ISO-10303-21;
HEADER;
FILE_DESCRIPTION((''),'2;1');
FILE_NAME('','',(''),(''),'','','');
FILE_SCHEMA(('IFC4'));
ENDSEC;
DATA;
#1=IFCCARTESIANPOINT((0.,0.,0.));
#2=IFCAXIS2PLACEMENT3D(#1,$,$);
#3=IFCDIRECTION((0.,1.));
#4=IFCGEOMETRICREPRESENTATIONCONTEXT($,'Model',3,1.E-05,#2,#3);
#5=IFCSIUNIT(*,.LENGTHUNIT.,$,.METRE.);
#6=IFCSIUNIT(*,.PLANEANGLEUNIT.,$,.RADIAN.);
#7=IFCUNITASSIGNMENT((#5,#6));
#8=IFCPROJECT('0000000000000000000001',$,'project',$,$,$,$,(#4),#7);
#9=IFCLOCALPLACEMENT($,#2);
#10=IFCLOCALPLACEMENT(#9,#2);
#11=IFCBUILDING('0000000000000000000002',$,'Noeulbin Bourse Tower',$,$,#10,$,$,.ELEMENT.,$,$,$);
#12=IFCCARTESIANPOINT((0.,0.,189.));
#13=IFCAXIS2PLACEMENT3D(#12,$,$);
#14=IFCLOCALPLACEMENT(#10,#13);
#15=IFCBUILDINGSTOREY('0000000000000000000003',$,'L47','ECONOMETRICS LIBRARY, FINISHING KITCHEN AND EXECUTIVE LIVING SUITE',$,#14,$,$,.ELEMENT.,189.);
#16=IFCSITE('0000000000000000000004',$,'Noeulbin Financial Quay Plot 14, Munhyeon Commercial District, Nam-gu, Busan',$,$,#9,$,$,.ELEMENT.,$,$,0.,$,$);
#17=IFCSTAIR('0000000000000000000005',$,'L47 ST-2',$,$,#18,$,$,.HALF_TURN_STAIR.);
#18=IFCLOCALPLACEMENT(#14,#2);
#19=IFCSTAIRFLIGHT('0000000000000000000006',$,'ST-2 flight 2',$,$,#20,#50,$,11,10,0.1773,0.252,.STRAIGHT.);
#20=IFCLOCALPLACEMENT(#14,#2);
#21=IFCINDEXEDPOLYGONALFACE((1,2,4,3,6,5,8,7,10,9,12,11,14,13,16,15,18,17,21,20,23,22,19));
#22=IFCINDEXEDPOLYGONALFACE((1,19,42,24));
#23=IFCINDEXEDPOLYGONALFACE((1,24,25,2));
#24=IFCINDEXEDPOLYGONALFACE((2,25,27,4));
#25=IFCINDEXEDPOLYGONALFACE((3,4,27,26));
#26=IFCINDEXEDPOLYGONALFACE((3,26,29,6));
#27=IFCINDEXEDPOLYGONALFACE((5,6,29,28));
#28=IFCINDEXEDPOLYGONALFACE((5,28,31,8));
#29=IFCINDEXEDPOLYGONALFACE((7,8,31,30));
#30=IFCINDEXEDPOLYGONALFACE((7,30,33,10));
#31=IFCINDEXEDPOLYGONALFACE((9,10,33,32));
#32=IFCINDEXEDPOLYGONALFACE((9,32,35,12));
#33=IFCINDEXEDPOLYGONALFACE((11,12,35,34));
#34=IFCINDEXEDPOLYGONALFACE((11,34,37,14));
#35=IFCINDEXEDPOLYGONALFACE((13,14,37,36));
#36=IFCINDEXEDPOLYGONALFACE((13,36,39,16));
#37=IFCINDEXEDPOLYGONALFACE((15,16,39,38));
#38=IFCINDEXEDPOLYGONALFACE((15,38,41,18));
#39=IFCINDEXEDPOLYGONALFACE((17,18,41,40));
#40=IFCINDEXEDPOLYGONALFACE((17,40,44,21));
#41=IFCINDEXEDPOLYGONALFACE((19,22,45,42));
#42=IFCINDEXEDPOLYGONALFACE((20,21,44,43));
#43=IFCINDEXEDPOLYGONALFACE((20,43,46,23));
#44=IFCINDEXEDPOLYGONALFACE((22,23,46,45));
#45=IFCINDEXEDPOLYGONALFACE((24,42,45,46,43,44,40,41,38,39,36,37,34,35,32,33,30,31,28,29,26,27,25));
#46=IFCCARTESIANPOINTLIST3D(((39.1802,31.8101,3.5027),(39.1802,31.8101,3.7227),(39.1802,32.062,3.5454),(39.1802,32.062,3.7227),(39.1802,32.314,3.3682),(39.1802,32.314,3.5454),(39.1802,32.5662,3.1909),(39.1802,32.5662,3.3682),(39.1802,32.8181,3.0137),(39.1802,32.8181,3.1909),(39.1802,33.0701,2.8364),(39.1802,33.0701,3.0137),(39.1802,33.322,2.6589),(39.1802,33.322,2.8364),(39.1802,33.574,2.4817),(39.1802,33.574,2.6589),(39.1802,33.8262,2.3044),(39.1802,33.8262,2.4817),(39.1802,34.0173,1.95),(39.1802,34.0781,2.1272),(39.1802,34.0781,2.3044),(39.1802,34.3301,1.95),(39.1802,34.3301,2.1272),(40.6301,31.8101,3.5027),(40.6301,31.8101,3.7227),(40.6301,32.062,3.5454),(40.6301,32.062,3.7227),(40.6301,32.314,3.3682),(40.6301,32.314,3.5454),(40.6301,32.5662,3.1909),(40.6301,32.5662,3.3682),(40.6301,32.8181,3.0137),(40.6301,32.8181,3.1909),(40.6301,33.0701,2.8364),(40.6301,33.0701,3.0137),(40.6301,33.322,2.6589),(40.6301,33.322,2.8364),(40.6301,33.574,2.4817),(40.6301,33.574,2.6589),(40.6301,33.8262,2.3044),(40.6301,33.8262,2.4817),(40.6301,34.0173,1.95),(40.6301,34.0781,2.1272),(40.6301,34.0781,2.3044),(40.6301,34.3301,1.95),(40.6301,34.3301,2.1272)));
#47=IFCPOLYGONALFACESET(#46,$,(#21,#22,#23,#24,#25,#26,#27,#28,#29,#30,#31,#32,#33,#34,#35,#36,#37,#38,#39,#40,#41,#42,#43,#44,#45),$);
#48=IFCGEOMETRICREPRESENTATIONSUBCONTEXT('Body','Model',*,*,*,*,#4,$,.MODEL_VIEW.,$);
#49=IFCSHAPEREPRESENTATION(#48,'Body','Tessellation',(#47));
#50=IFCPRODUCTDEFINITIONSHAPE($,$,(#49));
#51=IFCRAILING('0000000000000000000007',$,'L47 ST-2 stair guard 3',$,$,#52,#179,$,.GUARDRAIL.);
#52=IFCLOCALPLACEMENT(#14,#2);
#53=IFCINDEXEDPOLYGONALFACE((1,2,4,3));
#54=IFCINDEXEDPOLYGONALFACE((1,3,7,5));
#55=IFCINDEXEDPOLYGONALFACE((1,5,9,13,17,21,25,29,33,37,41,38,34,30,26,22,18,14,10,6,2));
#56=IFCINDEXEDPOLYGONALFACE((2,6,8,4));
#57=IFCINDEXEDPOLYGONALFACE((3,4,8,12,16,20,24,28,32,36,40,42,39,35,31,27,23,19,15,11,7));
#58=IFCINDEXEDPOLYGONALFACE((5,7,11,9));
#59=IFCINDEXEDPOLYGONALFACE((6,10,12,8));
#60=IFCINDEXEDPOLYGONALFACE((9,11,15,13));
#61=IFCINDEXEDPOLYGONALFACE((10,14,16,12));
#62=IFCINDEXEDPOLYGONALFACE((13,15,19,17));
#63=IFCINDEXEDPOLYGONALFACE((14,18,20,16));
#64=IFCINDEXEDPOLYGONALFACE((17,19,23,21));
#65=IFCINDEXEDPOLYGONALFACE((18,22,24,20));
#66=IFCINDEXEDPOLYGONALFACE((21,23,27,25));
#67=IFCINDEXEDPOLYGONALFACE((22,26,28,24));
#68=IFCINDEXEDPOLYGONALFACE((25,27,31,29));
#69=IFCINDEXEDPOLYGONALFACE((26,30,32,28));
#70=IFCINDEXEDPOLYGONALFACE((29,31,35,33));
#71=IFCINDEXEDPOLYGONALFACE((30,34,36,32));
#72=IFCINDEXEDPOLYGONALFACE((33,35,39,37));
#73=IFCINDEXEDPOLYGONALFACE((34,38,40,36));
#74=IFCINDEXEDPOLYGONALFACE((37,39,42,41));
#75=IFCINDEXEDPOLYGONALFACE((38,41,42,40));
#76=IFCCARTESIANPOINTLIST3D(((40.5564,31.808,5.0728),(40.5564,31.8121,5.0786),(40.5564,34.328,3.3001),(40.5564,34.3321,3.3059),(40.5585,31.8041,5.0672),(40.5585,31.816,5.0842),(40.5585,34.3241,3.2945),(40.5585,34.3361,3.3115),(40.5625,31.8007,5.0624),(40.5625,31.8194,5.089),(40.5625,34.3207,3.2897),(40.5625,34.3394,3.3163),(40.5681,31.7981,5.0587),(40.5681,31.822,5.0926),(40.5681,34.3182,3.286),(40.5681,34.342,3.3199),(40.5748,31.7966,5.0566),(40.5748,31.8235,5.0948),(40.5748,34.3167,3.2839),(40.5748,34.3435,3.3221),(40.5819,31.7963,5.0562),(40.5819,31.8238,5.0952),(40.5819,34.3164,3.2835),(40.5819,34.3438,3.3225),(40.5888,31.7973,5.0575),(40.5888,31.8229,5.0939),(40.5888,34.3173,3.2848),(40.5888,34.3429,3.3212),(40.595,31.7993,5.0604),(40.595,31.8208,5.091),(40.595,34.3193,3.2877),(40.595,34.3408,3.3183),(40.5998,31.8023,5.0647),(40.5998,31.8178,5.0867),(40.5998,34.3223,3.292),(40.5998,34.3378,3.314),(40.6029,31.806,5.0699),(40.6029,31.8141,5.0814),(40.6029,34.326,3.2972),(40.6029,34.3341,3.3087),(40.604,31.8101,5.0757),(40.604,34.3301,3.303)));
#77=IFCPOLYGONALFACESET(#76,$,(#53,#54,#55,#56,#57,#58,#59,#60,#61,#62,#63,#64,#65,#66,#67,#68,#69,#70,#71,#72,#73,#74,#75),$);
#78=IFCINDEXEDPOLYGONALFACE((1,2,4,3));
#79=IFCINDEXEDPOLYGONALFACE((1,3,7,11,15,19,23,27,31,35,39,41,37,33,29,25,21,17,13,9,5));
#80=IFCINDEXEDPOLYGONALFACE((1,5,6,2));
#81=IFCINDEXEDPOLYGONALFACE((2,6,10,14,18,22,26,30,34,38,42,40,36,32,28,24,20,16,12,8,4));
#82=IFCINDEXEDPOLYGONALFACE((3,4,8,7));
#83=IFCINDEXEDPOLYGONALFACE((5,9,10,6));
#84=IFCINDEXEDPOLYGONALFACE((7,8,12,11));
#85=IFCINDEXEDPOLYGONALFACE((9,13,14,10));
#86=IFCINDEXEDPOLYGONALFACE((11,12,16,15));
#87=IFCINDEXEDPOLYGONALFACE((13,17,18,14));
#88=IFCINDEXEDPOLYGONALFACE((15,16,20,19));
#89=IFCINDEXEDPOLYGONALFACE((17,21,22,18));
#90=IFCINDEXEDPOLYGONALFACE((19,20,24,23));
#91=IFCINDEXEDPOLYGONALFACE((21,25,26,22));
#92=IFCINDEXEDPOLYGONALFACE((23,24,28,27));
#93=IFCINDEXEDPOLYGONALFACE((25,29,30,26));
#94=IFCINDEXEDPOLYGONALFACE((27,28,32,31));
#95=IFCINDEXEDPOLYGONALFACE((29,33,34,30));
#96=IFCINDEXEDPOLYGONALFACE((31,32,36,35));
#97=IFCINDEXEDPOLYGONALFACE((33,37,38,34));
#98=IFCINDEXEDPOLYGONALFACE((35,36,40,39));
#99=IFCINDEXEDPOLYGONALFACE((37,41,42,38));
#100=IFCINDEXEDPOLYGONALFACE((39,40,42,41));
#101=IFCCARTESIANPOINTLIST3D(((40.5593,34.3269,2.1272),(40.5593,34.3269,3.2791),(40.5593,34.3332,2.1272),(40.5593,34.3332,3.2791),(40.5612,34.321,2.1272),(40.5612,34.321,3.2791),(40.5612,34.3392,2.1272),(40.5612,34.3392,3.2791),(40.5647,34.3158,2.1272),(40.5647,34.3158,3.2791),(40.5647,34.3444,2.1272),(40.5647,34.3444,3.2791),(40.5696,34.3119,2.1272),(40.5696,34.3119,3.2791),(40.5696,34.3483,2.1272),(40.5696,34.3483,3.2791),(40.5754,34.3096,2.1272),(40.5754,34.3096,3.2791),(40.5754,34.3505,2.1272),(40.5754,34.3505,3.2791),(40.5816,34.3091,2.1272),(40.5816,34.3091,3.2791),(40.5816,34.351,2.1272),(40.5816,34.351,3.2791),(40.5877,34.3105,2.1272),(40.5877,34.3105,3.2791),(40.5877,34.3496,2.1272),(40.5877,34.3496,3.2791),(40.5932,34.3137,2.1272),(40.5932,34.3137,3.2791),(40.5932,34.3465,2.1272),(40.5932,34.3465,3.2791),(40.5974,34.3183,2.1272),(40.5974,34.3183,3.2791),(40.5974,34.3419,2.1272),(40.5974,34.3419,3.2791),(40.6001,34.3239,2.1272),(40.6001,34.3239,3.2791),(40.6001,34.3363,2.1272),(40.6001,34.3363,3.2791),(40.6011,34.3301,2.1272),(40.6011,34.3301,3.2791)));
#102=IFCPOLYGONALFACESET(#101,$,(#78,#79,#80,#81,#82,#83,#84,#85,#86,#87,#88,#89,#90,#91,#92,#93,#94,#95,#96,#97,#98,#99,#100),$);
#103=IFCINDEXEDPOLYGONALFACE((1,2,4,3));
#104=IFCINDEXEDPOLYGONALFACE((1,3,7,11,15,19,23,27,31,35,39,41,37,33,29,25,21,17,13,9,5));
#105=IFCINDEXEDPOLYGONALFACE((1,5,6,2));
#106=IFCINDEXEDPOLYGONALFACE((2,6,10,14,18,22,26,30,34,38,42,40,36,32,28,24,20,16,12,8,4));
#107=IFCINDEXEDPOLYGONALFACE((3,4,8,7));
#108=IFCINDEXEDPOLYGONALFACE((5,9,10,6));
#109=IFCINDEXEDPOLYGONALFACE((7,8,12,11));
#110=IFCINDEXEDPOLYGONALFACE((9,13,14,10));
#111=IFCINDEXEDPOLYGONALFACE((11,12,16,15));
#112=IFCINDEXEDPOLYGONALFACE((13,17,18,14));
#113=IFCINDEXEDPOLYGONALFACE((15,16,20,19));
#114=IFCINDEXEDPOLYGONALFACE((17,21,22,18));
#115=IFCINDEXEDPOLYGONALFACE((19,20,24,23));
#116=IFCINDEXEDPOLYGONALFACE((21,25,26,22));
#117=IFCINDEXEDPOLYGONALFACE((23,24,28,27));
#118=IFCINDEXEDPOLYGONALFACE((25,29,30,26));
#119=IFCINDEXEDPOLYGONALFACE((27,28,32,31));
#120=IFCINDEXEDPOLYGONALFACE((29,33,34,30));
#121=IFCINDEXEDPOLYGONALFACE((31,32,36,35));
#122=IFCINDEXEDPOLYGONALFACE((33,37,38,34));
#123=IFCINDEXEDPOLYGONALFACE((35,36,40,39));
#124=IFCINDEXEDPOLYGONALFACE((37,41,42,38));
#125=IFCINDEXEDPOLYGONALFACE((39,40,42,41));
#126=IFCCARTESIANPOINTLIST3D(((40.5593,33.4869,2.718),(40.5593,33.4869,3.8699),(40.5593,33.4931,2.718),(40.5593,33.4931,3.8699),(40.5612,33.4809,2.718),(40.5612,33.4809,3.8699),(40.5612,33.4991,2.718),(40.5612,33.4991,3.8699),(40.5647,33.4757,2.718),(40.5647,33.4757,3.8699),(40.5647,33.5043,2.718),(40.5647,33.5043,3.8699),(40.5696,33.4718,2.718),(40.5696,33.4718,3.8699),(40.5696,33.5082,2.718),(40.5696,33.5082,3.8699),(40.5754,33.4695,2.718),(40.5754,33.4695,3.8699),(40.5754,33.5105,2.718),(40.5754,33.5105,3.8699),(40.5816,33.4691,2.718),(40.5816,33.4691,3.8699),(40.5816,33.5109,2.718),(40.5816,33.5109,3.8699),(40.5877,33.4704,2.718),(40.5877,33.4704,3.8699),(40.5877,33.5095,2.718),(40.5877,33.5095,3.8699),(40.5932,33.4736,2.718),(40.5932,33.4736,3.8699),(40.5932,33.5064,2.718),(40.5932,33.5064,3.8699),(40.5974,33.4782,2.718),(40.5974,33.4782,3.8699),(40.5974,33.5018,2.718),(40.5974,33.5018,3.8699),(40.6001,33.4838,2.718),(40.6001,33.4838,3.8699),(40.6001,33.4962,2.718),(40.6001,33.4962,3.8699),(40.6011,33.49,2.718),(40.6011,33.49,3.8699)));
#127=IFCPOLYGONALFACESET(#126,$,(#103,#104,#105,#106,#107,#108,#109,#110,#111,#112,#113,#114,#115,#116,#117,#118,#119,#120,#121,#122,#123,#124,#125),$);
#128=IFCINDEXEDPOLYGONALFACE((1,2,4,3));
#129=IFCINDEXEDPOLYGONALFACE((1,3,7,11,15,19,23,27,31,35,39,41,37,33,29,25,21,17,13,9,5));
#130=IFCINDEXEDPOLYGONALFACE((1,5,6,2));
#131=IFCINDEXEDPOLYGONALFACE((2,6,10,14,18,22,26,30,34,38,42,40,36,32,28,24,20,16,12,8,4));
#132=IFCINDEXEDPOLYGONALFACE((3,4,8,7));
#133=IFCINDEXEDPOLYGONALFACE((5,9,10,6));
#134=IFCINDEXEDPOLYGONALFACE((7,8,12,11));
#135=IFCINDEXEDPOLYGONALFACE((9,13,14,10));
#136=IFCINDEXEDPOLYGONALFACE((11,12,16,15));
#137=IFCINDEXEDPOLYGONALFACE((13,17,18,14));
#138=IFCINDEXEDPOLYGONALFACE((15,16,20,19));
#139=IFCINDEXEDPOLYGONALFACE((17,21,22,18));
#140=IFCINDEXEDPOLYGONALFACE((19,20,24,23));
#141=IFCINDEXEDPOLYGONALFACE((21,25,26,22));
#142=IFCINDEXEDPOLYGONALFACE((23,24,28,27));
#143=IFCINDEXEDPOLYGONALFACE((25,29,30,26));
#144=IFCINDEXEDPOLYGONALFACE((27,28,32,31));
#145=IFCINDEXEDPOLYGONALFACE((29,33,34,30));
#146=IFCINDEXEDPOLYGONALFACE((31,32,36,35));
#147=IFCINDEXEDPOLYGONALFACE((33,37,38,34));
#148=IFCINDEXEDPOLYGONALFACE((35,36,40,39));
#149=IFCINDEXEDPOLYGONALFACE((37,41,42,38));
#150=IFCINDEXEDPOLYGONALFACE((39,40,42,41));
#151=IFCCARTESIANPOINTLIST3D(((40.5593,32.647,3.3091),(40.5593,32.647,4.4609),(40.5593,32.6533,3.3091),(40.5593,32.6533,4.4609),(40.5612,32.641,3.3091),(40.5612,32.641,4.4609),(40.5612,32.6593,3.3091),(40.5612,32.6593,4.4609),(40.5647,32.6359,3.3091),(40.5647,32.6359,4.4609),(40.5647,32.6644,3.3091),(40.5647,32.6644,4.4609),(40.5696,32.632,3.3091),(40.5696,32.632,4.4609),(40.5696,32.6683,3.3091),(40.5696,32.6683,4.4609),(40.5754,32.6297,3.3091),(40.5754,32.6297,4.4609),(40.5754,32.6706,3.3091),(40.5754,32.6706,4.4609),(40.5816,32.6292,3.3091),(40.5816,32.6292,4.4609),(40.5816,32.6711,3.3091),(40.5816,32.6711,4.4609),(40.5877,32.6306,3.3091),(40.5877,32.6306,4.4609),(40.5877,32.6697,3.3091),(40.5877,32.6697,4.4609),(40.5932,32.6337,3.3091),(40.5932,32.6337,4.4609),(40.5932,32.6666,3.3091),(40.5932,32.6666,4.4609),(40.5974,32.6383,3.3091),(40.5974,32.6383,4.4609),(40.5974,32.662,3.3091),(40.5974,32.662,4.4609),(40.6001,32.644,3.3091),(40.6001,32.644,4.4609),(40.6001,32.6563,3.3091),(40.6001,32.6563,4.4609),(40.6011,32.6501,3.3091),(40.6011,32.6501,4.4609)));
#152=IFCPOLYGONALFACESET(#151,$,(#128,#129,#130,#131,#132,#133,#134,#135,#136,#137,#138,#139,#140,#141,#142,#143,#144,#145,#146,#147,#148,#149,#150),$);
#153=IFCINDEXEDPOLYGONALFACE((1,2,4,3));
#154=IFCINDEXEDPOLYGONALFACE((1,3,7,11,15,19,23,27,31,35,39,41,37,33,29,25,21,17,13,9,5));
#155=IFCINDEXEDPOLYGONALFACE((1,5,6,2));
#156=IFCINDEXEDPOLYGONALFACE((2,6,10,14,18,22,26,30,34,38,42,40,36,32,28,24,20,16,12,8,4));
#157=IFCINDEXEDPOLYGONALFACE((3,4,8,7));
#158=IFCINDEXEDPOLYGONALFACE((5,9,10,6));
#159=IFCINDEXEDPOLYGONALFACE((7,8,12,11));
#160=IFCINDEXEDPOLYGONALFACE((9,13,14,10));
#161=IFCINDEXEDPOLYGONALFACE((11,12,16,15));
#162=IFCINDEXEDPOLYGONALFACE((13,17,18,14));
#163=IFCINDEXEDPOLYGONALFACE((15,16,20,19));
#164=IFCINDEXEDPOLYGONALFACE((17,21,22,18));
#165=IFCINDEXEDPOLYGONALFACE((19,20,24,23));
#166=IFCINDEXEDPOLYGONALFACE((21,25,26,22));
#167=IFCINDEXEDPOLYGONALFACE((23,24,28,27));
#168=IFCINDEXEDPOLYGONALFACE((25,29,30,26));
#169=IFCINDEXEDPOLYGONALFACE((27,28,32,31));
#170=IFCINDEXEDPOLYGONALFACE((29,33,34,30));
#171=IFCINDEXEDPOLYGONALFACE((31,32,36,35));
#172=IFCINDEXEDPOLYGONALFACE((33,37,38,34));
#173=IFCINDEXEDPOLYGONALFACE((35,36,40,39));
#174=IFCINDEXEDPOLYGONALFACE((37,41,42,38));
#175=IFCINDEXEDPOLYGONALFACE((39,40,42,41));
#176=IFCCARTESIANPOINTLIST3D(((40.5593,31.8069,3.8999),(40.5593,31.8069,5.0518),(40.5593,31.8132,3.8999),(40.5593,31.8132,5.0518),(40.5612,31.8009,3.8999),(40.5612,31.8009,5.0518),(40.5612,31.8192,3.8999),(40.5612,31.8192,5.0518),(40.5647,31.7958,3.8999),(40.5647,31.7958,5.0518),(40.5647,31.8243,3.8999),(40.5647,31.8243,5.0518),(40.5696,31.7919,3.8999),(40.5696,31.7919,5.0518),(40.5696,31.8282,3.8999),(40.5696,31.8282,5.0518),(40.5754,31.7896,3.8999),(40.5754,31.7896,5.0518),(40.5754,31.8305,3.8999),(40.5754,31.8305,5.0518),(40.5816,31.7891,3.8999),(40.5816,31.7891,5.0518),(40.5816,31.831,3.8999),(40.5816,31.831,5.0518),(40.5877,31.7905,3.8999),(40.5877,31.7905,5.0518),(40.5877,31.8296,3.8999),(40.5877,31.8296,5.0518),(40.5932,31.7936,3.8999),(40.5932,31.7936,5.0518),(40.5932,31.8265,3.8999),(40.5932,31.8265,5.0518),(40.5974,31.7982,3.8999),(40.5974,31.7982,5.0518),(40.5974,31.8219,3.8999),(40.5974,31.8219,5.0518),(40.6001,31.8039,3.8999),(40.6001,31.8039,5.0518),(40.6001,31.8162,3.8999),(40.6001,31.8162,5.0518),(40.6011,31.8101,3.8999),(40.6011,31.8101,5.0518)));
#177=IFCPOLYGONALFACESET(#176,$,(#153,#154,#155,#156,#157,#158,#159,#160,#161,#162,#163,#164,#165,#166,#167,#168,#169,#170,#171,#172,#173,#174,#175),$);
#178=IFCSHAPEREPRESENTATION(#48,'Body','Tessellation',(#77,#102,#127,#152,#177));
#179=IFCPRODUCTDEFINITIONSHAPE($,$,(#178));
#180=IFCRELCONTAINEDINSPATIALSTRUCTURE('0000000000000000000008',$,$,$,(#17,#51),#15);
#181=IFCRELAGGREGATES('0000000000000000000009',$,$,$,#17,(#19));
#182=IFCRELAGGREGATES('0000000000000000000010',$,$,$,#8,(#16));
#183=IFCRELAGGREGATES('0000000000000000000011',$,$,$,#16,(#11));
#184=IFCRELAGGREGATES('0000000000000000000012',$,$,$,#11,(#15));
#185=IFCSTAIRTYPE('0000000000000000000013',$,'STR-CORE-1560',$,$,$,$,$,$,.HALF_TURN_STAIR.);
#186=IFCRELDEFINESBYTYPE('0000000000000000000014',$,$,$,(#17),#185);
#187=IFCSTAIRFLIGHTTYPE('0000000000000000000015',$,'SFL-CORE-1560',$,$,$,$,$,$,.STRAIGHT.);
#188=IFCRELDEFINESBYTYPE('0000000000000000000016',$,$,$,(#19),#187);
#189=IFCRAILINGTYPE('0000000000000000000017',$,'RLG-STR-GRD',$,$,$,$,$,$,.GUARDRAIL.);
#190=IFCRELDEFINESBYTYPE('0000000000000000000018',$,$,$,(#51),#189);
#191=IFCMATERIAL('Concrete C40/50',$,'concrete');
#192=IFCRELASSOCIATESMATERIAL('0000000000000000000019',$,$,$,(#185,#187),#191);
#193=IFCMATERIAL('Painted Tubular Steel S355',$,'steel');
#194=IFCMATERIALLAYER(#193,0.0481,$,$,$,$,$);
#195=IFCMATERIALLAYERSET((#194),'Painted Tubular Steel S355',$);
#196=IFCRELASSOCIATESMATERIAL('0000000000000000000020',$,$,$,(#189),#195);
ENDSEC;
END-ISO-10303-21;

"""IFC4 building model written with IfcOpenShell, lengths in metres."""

from ifc_helpers import new_model, si_unit, direction, frame, origin, origin_2d, place, context, subcontext, project, spatial, polyline, circle, outline, extrude, material, layer, layer_set, type_object, element, aggregate, save


model = new_model("IFC4")

# Units and contexts
model_context = context("Model", 3, precision=1e-05, world=origin(), true_north=direction((0.0, 1.0)))
body_context = subcontext(model_context, "Body", "Model", "MODEL_VIEW")
ifc_project = project(units=[si_unit("LENGTHUNIT", "METRE"), si_unit("PLANEANGLEUNIT", "RADIAN")], contexts=[model_context])

# Site, building, storey
site_placement = place(None, origin())
site = spatial("IfcSite", under=ifc_project, at=site_placement, Name="Noeulbin Financial Quay Plot 14, Munhyeon Commercial District, Nam-gu, Busan", CompositionType="ELEMENT", RefElevation=0.0)
building_placement = place(site_placement, origin())
building = spatial("IfcBuilding", under=site, at=building_placement, Name="Noeulbin Bourse Tower", CompositionType="ELEMENT")
storey_placement = place(building_placement, frame((0.0, 0.0, 189.0)))
storey = spatial("IfcBuildingStorey", under=building, at=storey_placement, Name="L47", Description="ECONOMETRICS LIBRARY, FINISHING KITCHEN AND EXECUTIVE LIVING SUITE", CompositionType="ELEMENT", Elevation=189.0)

# Shared definitions
ifc_material_1 = material(Name="Concrete C40/50", Category="concrete")

# Stair, stair flight
stair_type = type_object("IfcStairType", Name="STR-CORE-1560", PredefinedType="HALF_TURN_STAIR", material=ifc_material_1)
stair_placement = place(storey_placement, origin())
stair = element("IfcStair", 1, at=stair_placement, inside=storey, type_object=stair_type, Name="L47 ST-2", PredefinedType="HALF_TURN_STAIR")
stair_flight_type = type_object("IfcStairFlightType", Name="SFL-CORE-1560", PredefinedType="STRAIGHT", material=ifc_material_1)
stair_flight_placement = place(storey_placement, frame((39.905, 34.3301, 1.95), z_axis=(0.0, 0.0, 1.0), x_axis=(0.0, -1.0, 0.0)))
stair_flight = element("IfcStairFlight", 2, at=stair_flight_placement, type_object=stair_flight_type, Name="ST-2 flight 2", NumberOfRisers=11, NumberOfTreads=10, PredefinedType="STRAIGHT", RiserHeight=0.1773, TreadLength=0.252, context=body_context, shape_type="SweptSolid", body=[
    extrude(outline(polyline([(0.0, 0.0), (0.0, 0.1772), (0.252, 0.1772), (0.252, 0.3545), (0.5039, 0.3545), (0.5039, 0.5317), (0.7561, 0.5317), (0.7561, 0.709), (1.0081, 0.709), (1.0081, 0.8865), (1.26, 0.8865), (1.26, 1.0637), (1.512, 1.0637), (1.512, 1.241), (1.7639, 1.241), (1.7639, 1.4182), (2.0161, 1.4182), (2.0161, 1.5955), (2.2681, 1.5955), (2.2681, 1.7727), (2.52, 1.7727), (2.52, 1.95), (2.52, 1.5527), (0.3127, 0.0), (0.0, 0.0)])), frame((0.0, 0.7251, 0.0), z_axis=(0.0, -1.0, 0.0), x_axis=(1.0, 0.0, 0.0)), (0.0, 0.0, 1.0), 1.45),
])
aggregate(stair, [stair_flight])

# Railing
ifc_material_2 = material(Name="Painted Tubular Steel S355", Category="steel")
ifc_layer_1 = layer(ifc_material_2, 0.0481)
ifc_layer_set_1 = layer_set([ifc_layer_1], Name="Painted Tubular Steel S355")
railing_type_1 = type_object("IfcRailingType", Name="RLG-STR-GRD", PredefinedType="GUARDRAIL", material=ifc_layer_set_1)
railing_1_placement = place(storey_placement, frame((40.5801, 34.3301, 2.1272)))
element("IfcRailing", 3, at=railing_1_placement, inside=storey, type_object=railing_type_1, Name="L47 ST-2 stair guard 3", PredefinedType="GUARDRAIL", context=body_context, shape_type="SweptSolid", body=[
    extrude(circle(Radius=0.0239, at=origin_2d()), frame((0.0, 0.0, 1.1758), z_axis=(0.0, -0.817904, 0.575354), x_axis=(1.0, 0.0, 0.0)), (0.0, 0.0, 1.0), 3.0811),
    extrude(circle(Radius=0.021, at=origin_2d()), origin(), (0.0, 0.0, 1.0), 1.1519),
    extrude(circle(Radius=0.021, at=origin_2d()), frame((0.0, -0.8401, 0.5908)), (0.0, 0.0, 1.0), 1.1519),
    extrude(circle(Radius=0.021, at=origin_2d()), frame((0.0, -1.6799, 1.1819)), (0.0, 0.0, 1.0), 1.1519),
    extrude(circle(Radius=0.021, at=origin_2d()), frame((0.0, -2.52, 1.7727)), (0.0, 0.0, 1.0), 1.1519),
])

save(model, "model.ifc")
